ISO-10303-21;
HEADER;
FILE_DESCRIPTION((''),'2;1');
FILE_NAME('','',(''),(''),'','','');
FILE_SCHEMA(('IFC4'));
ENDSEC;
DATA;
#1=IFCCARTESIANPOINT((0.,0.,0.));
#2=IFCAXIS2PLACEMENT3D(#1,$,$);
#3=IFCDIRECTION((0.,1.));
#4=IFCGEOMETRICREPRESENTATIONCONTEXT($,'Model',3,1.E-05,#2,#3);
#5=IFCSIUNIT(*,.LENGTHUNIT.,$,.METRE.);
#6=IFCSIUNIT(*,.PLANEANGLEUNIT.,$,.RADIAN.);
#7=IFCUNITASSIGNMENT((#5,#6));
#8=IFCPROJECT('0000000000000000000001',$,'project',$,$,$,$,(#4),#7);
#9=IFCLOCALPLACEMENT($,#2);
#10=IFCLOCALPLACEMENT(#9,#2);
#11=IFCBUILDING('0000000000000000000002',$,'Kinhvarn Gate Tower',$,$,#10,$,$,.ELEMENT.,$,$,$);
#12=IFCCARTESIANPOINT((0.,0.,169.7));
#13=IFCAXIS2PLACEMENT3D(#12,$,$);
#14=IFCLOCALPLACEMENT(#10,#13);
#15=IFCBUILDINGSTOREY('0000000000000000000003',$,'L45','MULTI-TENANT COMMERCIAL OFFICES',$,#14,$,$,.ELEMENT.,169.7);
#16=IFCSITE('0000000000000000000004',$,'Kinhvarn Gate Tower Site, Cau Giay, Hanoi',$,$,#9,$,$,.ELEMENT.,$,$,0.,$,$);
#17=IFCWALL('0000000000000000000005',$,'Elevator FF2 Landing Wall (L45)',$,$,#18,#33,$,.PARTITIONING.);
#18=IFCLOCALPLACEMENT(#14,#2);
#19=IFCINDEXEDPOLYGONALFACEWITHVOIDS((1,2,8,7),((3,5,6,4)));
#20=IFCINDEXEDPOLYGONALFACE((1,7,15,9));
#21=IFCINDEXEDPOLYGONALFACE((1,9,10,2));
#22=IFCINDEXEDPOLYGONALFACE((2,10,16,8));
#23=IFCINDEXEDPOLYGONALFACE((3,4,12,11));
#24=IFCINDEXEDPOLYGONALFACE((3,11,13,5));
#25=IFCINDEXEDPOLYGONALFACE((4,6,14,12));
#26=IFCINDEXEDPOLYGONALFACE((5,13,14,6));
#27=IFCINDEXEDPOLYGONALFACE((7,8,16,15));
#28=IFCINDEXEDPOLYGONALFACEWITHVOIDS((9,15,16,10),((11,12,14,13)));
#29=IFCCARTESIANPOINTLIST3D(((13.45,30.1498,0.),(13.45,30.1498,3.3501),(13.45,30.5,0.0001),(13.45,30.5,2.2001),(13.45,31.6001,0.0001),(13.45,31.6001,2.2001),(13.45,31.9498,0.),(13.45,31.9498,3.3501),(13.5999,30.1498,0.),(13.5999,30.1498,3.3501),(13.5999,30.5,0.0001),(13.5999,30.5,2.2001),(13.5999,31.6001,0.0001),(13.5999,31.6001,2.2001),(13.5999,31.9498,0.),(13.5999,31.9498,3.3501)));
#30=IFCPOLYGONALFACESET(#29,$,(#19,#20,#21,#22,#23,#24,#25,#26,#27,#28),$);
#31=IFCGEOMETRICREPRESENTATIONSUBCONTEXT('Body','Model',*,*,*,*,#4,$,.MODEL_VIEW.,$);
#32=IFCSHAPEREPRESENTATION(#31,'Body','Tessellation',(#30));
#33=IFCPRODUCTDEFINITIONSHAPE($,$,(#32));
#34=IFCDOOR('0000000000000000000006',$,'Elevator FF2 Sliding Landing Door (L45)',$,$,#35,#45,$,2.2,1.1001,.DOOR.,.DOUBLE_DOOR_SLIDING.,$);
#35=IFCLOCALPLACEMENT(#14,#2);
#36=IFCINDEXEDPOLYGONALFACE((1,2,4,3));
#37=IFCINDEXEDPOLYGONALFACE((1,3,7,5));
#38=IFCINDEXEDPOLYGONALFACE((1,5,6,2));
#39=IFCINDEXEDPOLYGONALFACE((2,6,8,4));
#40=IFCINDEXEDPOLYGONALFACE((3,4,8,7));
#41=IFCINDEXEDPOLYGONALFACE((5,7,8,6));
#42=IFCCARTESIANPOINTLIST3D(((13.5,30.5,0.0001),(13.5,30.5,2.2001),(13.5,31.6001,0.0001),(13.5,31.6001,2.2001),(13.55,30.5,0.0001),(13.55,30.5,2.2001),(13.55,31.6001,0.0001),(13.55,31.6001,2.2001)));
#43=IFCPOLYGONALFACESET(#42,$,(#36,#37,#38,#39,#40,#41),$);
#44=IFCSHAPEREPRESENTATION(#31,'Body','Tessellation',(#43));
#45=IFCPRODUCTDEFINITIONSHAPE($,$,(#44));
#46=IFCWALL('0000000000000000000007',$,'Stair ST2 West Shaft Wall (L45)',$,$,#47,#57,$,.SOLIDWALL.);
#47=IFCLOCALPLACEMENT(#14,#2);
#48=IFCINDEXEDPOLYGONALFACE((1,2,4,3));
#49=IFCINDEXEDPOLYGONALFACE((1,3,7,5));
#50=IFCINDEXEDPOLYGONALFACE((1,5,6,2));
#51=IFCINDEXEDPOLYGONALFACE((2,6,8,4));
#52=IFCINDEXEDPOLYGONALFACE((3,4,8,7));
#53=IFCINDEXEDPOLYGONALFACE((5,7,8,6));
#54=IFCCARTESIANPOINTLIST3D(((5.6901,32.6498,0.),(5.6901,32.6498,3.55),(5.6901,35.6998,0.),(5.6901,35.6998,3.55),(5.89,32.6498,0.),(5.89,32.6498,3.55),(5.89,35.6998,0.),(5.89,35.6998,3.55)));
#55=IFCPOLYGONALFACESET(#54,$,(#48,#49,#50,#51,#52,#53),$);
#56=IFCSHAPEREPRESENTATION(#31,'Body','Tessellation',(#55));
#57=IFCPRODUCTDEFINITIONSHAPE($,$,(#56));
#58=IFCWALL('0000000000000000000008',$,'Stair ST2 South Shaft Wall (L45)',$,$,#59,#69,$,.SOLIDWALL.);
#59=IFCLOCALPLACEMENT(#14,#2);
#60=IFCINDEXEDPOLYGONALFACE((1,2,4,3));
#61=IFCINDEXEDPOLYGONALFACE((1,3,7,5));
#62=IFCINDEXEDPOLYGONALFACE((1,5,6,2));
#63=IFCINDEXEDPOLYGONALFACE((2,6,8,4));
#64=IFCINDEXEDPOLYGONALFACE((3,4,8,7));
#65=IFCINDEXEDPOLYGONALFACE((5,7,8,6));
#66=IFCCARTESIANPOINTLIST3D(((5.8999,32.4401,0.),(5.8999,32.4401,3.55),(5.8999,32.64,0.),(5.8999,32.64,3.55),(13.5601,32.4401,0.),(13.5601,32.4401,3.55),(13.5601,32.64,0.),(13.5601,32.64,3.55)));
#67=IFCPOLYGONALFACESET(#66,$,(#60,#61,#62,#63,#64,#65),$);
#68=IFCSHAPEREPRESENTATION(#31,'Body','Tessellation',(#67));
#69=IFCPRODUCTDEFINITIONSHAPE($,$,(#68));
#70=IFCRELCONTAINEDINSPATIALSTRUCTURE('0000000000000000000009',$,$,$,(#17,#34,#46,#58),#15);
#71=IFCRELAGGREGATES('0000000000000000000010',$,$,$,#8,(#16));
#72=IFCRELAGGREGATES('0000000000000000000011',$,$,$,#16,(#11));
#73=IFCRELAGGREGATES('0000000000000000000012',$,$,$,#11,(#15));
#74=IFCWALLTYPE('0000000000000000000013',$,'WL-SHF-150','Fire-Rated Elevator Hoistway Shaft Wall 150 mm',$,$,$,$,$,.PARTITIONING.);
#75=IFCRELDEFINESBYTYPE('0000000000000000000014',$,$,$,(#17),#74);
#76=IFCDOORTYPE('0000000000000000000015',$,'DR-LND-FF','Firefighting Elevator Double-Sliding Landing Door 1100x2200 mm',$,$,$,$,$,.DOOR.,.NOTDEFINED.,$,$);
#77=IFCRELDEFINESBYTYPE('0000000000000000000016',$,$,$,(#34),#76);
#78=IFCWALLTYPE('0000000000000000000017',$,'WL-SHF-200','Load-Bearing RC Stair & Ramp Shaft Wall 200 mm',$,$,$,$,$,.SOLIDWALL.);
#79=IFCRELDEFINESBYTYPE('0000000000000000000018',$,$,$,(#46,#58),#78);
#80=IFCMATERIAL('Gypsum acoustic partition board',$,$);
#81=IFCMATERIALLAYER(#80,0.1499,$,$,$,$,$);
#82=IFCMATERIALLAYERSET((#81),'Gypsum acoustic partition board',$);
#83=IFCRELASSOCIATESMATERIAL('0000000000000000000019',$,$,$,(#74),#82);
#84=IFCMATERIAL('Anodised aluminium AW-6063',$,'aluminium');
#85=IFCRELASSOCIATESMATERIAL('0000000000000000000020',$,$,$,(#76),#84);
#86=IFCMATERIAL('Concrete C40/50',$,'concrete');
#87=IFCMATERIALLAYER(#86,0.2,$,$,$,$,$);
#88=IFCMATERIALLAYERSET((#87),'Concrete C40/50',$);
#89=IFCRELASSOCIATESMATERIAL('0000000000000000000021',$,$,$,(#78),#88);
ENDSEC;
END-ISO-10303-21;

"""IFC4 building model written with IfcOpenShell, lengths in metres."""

from ifc_helpers import new_model, si_unit, direction, frame, frame_2d, origin, place, context, subcontext, project, spatial, rectangle, extrude, material, layer, layer_set, type_object, element, fill, save


model = new_model("IFC4")

# Units and contexts
model_context = context("Model", 3, precision=1e-05, world=origin(), true_north=direction((0.0, 1.0)))
body_context = subcontext(model_context, "Body", "Model", "MODEL_VIEW")
ifc_project = project(units=[si_unit("LENGTHUNIT", "METRE"), si_unit("PLANEANGLEUNIT", "RADIAN")], contexts=[model_context])

# Site, building, storey
site_placement = place(None, origin())
site = spatial("IfcSite", under=ifc_project, at=site_placement, Name="Kinhvarn Gate Tower Site, Cau Giay, Hanoi", CompositionType="ELEMENT", RefElevation=0.0)
building_placement = place(site_placement, origin())
building = spatial("IfcBuilding", under=site, at=building_placement, Name="Kinhvarn Gate Tower", CompositionType="ELEMENT")
storey_placement = place(building_placement, frame((0.0, 0.0, 169.7)))
storey = spatial("IfcBuildingStorey", under=building, at=storey_placement, Name="L45", Description="MULTI-TENANT COMMERCIAL OFFICES", CompositionType="ELEMENT", Elevation=169.7)

# Shared definitions
ifc_material_1 = material(Name="Gypsum acoustic partition board")
ifc_layer_1 = layer(ifc_material_1, 0.1499)
ifc_layer_set_1 = layer_set([ifc_layer_1], Name="Gypsum acoustic partition board")
wall_type_1 = type_object("IfcWallType", Name="WL-SHF-150", Description="Fire-Rated Elevator Hoistway Shaft Wall 150 mm", PredefinedType="PARTITIONING", material=ifc_layer_set_1)
ifc_material_2 = material(Name="Anodised aluminium AW-6063", Category="aluminium")

# Wall, opening, door
wall_1_placement = place(storey_placement, frame((13.5249, 30.1499, 0.0), z_axis=(0.0, 0.0, 1.0), x_axis=(0.0, 1.0, 0.0)))
wall_1 = element("IfcWall", 1, at=wall_1_placement, inside=storey, type_object=wall_type_1, Name="Elevator FF2 Landing Wall (L45)", PredefinedType="PARTITIONING", context=body_context, shape_type="SweptSolid", body=[
    extrude(rectangle(XDim=1.8, YDim=0.1499, at=frame_2d((0.8999, 0.0))), origin(), (0.0, 0.0, 1.0), 3.3501),
])
opening_1_placement = place(wall_1_placement, frame((0.3501, 0.0, 0.0)))
opening_1 = element("IfcOpeningElement", 2, at=opening_1_placement, cuts=wall_1, PredefinedType="OPENING", context=body_context, shape_type="SweptSolid", body=[
    extrude(rectangle(XDim=1.1001, YDim=2.2, at=frame_2d((0.55, 1.1001))), frame((0.0, 0.085, 0.0), z_axis=(0.0, -1.0, 0.0), x_axis=(1.0, 0.0, 0.0)), (0.0, 0.0, 1.0), 0.1699),
])
door_type_1 = type_object("IfcDoorType", Name="DR-LND-FF", Description="Firefighting Elevator Double-Sliding Landing Door 1100x2200 mm", OperationType="NOTDEFINED", PredefinedType="DOOR", material=ifc_material_2)
door_1_placement = place(opening_1_placement, origin())
door_1 = element("IfcDoor", 3, at=door_1_placement, inside=storey, type_object=door_type_1, Name="Elevator FF2 Sliding Landing Door (L45)", OperationType="DOUBLE_DOOR_SLIDING", OverallHeight=2.2, OverallWidth=1.1001, PredefinedType="DOOR", context=body_context, shape_type="SweptSolid", body=[
    extrude(rectangle(XDim=1.1001, YDim=2.2, at=frame_2d((0.55, 1.1001))), frame((0.0, 0.0249, 0.0), z_axis=(0.0, -1.0, 0.0), x_axis=(1.0, 0.0, 0.0)), (0.0, 0.0, 1.0), 0.05),
])
fill(opening_1, door_1)

# Walls
ifc_material_3 = material(Name="Concrete C40/50", Category="concrete")
ifc_layer_2 = layer(ifc_material_3, 0.2)
ifc_layer_set_2 = layer_set([ifc_layer_2], Name="Concrete C40/50")
wall_type_2 = type_object("IfcWallType", Name="WL-SHF-200", Description="Load-Bearing RC Stair & Ramp Shaft Wall 200 mm", PredefinedType="SOLIDWALL", material=ifc_layer_set_2)
wall_2_placement = place(storey_placement, frame((5.79, 32.6499, 0.0), z_axis=(0.0, 0.0, 1.0), x_axis=(0.0, 1.0, 0.0)))
element("IfcWall", 4, at=wall_2_placement, inside=storey, type_object=wall_type_2, Name="Stair ST2 West Shaft Wall (L45)", PredefinedType="SOLIDWALL", context=body_context, shape_type="SweptSolid", body=[
    extrude(rectangle(XDim=3.05, YDim=0.2, at=frame_2d((1.5249, 0.0))), origin(), (0.0, 0.0, 1.0), 3.55),
])
wall_3_placement = place(storey_placement, frame((5.8999, 32.54, 0.0), z_axis=(0.0, 0.0, 1.0), x_axis=(1.0, 0.0, 0.0)))
element("IfcWall", 5, at=wall_3_placement, inside=storey, type_object=wall_type_2, Name="Stair ST2 South Shaft Wall (L45)", PredefinedType="SOLIDWALL", context=body_context, shape_type="SweptSolid", body=[
    extrude(rectangle(XDim=7.6602, YDim=0.2, at=frame_2d((3.8301, 0.0))), origin(), (0.0, 0.0, 1.0), 3.55),
])

save(model, "model.ifc")
